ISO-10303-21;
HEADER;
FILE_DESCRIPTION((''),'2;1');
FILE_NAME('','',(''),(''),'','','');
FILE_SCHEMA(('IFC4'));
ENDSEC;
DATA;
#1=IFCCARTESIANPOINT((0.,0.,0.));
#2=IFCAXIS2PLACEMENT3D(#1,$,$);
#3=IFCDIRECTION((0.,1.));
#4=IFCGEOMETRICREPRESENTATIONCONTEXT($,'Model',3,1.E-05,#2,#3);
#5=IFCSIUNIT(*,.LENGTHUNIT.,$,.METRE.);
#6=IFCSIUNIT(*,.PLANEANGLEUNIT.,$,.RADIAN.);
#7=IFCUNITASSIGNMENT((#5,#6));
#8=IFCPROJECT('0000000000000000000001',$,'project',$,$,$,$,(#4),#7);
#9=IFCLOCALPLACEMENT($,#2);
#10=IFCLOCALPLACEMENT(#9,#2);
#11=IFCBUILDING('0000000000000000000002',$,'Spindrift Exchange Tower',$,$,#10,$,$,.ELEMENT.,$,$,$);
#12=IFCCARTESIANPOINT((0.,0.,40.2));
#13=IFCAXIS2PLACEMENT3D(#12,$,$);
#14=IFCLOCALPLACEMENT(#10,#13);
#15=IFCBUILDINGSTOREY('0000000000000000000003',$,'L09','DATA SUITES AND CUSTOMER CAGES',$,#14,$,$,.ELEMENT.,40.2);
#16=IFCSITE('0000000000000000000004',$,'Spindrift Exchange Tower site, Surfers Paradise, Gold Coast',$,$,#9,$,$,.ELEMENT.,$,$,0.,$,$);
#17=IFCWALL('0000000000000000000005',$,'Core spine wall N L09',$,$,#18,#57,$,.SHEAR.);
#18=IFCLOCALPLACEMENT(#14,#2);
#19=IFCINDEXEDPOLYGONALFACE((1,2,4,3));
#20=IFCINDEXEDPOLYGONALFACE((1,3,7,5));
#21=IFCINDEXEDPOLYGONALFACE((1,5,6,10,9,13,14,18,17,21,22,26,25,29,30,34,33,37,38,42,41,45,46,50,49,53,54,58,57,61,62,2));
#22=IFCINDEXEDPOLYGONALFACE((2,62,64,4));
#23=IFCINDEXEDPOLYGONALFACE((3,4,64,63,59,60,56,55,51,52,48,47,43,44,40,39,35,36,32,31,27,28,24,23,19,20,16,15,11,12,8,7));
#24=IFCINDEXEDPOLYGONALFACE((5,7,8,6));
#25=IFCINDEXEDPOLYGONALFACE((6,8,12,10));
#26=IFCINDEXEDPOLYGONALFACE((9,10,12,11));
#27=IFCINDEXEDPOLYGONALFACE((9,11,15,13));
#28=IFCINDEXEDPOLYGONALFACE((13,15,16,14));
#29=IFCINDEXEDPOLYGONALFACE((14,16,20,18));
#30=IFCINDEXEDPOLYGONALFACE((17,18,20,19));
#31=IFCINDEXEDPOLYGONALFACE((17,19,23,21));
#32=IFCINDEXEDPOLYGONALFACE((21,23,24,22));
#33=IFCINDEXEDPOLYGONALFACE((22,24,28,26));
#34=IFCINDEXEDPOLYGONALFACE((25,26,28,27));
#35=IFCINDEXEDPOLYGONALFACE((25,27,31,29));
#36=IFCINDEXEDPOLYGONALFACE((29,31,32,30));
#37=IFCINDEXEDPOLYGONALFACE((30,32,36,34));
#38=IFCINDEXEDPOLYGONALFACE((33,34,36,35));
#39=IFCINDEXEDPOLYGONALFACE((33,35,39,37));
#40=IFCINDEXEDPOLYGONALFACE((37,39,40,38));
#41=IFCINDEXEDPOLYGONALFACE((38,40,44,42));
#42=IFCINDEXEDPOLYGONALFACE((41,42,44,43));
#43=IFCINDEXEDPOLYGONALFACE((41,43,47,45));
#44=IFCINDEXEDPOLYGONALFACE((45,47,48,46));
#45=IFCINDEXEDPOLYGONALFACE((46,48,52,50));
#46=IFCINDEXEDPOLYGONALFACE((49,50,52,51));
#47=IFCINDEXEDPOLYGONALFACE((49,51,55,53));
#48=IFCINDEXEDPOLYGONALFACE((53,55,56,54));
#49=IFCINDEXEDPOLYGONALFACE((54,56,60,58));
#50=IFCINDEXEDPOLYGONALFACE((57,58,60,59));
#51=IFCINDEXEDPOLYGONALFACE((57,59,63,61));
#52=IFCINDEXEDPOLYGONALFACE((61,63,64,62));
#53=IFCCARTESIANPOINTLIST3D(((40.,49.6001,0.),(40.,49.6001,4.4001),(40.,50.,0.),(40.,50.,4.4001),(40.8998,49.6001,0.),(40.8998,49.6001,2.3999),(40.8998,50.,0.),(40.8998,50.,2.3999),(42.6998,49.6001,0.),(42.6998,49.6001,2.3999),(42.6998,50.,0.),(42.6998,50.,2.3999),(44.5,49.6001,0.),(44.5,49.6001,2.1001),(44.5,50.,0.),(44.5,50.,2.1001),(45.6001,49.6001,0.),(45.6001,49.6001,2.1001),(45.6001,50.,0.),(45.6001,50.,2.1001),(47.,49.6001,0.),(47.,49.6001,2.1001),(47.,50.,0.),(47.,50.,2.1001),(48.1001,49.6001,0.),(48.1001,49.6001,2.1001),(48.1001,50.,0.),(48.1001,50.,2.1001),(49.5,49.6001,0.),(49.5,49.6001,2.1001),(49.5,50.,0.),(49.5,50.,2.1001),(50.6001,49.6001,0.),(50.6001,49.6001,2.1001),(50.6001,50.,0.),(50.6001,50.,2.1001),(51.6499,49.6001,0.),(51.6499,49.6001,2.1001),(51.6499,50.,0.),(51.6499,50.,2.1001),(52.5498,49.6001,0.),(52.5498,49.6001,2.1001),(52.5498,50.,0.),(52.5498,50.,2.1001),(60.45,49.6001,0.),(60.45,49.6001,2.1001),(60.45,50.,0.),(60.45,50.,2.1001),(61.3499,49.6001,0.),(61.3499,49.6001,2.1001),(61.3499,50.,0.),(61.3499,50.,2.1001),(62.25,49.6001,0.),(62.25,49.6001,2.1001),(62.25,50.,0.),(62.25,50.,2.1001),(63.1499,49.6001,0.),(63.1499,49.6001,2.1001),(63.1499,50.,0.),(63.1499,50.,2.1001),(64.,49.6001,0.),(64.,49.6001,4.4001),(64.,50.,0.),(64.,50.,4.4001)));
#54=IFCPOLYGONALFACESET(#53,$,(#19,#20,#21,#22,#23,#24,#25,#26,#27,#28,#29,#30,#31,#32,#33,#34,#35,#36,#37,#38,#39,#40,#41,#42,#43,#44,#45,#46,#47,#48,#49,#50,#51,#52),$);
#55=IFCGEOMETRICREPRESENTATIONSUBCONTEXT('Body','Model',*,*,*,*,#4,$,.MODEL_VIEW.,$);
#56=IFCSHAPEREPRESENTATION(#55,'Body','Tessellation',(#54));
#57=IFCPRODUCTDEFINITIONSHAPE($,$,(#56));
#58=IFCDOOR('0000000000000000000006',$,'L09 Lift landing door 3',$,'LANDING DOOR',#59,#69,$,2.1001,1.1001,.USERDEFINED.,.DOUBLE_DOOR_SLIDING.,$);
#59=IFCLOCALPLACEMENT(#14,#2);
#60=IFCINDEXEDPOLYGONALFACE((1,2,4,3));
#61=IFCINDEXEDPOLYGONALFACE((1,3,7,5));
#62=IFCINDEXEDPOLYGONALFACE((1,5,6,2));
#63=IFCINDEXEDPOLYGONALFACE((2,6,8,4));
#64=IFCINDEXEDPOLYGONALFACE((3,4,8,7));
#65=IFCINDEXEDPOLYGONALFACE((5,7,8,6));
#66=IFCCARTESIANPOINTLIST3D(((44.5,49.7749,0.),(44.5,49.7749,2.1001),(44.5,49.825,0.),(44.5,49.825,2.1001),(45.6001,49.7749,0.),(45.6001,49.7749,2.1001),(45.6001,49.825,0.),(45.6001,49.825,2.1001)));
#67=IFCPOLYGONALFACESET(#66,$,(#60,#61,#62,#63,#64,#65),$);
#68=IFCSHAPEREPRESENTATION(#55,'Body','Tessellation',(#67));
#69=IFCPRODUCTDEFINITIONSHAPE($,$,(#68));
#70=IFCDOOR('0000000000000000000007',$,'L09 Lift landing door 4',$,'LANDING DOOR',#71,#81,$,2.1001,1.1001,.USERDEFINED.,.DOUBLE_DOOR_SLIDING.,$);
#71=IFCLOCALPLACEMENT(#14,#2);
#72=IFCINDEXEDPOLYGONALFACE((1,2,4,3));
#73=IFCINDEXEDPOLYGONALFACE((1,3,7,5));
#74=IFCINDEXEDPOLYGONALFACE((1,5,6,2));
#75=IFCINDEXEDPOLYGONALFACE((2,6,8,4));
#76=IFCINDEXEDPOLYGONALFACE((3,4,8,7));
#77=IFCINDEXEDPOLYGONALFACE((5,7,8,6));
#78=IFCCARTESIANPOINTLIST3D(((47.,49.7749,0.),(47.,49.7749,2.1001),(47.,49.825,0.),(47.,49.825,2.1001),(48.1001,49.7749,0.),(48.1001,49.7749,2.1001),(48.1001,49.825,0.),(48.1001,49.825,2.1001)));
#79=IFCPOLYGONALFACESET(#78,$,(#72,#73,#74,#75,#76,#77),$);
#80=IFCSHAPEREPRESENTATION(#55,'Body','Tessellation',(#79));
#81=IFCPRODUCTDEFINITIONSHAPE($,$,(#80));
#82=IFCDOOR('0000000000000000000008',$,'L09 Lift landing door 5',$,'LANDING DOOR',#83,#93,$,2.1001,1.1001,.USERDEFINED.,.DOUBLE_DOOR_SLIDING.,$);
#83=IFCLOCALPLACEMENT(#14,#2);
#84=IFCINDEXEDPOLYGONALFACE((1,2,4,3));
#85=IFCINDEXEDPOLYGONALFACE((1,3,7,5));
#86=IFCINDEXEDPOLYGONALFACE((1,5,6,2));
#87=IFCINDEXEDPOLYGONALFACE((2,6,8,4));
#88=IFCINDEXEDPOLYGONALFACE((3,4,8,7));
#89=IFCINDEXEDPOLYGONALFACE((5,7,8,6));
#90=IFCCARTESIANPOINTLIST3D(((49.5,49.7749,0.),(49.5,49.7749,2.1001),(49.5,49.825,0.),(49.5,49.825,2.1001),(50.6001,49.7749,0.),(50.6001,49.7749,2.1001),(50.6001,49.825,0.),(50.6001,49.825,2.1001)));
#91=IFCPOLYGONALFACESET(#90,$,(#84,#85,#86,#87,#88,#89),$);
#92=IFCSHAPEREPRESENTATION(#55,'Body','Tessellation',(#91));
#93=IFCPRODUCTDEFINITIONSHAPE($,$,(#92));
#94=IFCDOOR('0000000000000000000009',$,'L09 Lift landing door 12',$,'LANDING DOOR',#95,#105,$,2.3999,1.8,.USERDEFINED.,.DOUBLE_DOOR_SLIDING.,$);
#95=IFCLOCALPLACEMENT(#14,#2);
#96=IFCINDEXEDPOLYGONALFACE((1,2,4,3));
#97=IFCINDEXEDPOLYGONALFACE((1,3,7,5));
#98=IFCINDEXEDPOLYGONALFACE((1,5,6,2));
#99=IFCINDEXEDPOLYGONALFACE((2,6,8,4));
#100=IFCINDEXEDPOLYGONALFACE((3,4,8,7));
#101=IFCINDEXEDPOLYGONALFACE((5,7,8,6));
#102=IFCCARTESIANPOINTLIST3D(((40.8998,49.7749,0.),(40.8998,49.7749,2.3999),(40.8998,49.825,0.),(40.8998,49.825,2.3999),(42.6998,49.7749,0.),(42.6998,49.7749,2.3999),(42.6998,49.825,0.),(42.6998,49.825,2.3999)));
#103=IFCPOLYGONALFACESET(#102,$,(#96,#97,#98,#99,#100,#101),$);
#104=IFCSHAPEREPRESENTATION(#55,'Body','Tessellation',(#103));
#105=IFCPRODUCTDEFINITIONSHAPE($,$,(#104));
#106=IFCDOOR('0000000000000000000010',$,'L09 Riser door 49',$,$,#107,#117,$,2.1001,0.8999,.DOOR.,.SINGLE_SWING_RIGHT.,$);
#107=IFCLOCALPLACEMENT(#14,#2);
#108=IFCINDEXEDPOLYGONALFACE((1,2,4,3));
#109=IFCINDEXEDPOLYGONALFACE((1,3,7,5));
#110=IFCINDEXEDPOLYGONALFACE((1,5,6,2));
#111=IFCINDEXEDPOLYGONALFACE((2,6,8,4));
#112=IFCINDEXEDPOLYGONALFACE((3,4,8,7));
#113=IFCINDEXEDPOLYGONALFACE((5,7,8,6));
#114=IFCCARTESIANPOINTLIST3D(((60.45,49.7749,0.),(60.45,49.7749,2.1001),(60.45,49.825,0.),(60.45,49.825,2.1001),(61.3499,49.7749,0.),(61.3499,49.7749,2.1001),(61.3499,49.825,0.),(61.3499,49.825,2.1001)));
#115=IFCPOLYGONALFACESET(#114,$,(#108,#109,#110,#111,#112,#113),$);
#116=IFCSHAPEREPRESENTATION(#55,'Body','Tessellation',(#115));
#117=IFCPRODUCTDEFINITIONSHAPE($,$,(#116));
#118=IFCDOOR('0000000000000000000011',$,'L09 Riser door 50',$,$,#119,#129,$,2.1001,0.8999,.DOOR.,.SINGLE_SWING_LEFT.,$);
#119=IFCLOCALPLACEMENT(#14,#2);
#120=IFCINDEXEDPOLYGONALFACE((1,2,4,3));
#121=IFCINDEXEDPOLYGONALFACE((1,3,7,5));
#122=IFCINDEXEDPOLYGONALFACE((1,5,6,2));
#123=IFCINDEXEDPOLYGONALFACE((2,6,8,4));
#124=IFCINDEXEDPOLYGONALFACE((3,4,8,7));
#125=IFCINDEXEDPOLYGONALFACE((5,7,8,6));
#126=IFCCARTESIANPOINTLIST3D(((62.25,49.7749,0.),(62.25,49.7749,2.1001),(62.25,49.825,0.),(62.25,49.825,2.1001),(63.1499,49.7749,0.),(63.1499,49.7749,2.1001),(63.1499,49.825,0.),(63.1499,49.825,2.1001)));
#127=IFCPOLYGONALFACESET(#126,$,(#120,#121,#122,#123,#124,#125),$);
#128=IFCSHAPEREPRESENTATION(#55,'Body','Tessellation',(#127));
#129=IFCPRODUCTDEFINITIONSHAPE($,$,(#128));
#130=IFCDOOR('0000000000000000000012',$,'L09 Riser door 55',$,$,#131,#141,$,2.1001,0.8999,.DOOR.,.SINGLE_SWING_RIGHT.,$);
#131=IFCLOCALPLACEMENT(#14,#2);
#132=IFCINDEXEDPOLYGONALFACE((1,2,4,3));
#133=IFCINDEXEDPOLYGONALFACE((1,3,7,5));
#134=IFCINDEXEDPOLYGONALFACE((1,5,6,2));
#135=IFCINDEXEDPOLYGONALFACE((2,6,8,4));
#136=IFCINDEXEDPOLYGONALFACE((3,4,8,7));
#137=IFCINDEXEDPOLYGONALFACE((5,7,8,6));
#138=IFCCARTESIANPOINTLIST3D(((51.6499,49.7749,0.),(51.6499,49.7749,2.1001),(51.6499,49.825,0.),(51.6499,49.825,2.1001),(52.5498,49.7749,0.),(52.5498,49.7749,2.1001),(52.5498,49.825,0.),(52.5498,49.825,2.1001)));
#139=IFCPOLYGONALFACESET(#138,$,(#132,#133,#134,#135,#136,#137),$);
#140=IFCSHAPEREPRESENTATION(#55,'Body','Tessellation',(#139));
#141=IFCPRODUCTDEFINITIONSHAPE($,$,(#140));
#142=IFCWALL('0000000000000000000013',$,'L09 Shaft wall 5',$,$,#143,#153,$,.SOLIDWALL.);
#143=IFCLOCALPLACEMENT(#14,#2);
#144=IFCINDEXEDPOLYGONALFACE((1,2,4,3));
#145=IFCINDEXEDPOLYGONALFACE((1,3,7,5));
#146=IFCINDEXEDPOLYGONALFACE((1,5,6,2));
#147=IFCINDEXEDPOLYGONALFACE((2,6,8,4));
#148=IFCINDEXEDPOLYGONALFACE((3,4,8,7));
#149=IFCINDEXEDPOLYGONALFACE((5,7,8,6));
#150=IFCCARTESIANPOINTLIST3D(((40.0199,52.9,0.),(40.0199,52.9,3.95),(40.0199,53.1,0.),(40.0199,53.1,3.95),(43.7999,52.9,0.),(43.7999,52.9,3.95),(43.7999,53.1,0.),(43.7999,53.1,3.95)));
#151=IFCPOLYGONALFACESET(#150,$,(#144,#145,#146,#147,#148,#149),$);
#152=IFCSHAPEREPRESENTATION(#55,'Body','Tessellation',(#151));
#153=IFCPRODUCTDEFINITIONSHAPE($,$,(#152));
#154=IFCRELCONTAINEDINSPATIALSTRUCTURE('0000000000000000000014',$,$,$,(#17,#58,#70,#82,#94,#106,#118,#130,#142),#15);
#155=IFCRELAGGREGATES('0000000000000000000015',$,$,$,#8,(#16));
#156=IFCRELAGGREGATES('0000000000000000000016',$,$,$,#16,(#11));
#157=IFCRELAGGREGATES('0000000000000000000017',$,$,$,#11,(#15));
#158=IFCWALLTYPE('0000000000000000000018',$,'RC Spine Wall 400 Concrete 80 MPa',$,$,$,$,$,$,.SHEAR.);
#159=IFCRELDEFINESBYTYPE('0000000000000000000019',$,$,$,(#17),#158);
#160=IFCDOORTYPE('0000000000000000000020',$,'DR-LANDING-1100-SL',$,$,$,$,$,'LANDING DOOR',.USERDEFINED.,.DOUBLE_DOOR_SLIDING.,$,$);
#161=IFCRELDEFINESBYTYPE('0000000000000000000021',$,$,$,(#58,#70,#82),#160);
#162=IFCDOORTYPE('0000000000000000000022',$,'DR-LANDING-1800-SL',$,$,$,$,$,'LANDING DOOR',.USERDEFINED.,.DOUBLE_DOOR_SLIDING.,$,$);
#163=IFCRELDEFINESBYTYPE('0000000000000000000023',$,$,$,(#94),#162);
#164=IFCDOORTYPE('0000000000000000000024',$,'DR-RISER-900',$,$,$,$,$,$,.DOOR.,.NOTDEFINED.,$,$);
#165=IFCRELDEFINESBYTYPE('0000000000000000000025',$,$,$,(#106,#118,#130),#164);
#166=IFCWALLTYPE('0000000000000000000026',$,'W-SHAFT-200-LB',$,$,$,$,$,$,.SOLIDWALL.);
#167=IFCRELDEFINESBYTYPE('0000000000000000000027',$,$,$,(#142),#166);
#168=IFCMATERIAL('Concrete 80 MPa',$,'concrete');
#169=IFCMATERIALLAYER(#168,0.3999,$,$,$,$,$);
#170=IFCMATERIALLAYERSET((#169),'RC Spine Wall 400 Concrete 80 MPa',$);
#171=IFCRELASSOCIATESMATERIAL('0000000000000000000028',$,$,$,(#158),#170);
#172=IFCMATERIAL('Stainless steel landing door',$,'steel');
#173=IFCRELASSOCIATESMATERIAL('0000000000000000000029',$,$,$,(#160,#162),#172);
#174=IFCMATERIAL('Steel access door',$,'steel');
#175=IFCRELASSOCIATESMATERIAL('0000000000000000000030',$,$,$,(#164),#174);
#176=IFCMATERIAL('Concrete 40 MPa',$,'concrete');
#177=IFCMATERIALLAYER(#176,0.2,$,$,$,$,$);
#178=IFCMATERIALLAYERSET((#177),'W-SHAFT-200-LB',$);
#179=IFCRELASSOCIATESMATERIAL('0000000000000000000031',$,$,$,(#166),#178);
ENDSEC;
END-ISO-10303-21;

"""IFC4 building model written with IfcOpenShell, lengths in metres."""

from ifc_helpers import new_model, si_unit, direction, frame, frame_2d, origin, place, context, subcontext, project, spatial, rectangle, extrude, source, transform, mapped, material, layer, layer_set, type_object, element, fill, save


model = new_model("IFC4")

# Units and contexts
model_context = context("Model", 3, precision=1e-05, world=origin(), true_north=direction((0.0, 1.0)))
body_context = subcontext(model_context, "Body", "Model", "MODEL_VIEW")
ifc_project = project(units=[si_unit("LENGTHUNIT", "METRE"), si_unit("PLANEANGLEUNIT", "RADIAN")], contexts=[model_context])

# Site, building, storey
site_placement = place(None, origin())
site = spatial("IfcSite", under=ifc_project, at=site_placement, Name="Spindrift Exchange Tower site, Surfers Paradise, Gold Coast", CompositionType="ELEMENT", RefElevation=0.0)
building_placement = place(site_placement, origin())
building = spatial("IfcBuilding", under=site, at=building_placement, Name="Spindrift Exchange Tower", CompositionType="ELEMENT")
storey_placement = place(building_placement, frame((0.0, 0.0, 40.2)))
storey = spatial("IfcBuildingStorey", under=building, at=storey_placement, Name="L09", Description="DATA SUITES AND CUSTOMER CAGES", CompositionType="ELEMENT", Elevation=40.2)

# Wall, openings, doors
ifc_material_1 = material(Name="Concrete 80 MPa", Category="concrete")
ifc_layer_1 = layer(ifc_material_1, 0.3999)
ifc_layer_set_1 = layer_set([ifc_layer_1], Name="RC Spine Wall 400 Concrete 80 MPa")
wall_type_1 = type_object("IfcWallType", Name="RC Spine Wall 400 Concrete 80 MPa", PredefinedType="SHEAR", material=ifc_layer_set_1)
wall_1_placement = place(storey_placement, frame((40.0, 49.8, 0.0), z_axis=(0.0, 0.0, 1.0), x_axis=(1.0, 0.0, 0.0)))
wall_1 = element("IfcWall", 1, at=wall_1_placement, inside=storey, type_object=wall_type_1, Name="Core spine wall N L09", PredefinedType="SHEAR", context=body_context, shape_type="SweptSolid", body=[
    extrude(rectangle(XDim=24.0, YDim=0.3999, at=frame_2d((12.0, 0.0))), origin(), (0.0, 0.0, 1.0), 4.4001),
])
opening_1_placement = place(wall_1_placement, frame((4.5, 0.0, 0.0)))
opening_1 = element("IfcOpeningElement", 2, at=opening_1_placement, cuts=wall_1, PredefinedType="OPENING", context=body_context, shape_type="SweptSolid", body=[
    extrude(rectangle(XDim=1.1001, YDim=2.1001, at=frame_2d((0.55, 1.05))), frame((0.0, 0.21, 0.0), z_axis=(0.0, -1.0, 0.0), x_axis=(1.0, 0.0, 0.0)), (0.0, 0.0, 1.0), 0.4199),
])
opening_2_placement = place(wall_1_placement, frame((7.0, 0.0, 0.0)))
opening_2 = element("IfcOpeningElement", 3, at=opening_2_placement, cuts=wall_1, PredefinedType="OPENING", context=body_context, shape_type="SweptSolid", body=[
    extrude(rectangle(XDim=1.1001, YDim=2.1001, at=frame_2d((0.55, 1.05))), frame((0.0, 0.21, 0.0), z_axis=(0.0, -1.0, 0.0), x_axis=(1.0, 0.0, 0.0)), (0.0, 0.0, 1.0), 0.4199),
])
opening_3_placement = place(wall_1_placement, frame((9.5, 0.0, 0.0)))
opening_3 = element("IfcOpeningElement", 4, at=opening_3_placement, cuts=wall_1, PredefinedType="OPENING", context=body_context, shape_type="SweptSolid", body=[
    extrude(rectangle(XDim=1.1001, YDim=2.1001, at=frame_2d((0.55, 1.05))), frame((0.0, 0.21, 0.0), z_axis=(0.0, -1.0, 0.0), x_axis=(1.0, 0.0, 0.0)), (0.0, 0.0, 1.0), 0.4199),
])
opening_4_placement = place(wall_1_placement, frame((0.8999, 0.0, 0.0)))
opening_4 = element("IfcOpeningElement", 5, at=opening_4_placement, cuts=wall_1, PredefinedType="OPENING", context=body_context, shape_type="SweptSolid", body=[
    extrude(rectangle(XDim=1.8, YDim=2.3999, at=frame_2d((0.8999, 1.2))), frame((0.0, 0.21, 0.0), z_axis=(0.0, -1.0, 0.0), x_axis=(1.0, 0.0, 0.0)), (0.0, 0.0, 1.0), 0.4199),
])
opening_5_placement = place(wall_1_placement, frame((20.45, 0.0, 0.0)))
opening_5 = element("IfcOpeningElement", 6, at=opening_5_placement, cuts=wall_1, PredefinedType="OPENING", context=body_context, shape_type="SweptSolid", body=[
    extrude(rectangle(XDim=0.8999, YDim=2.1001, at=frame_2d((0.45, 1.05))), frame((0.0, 0.21, 0.0), z_axis=(0.0, -1.0, 0.0), x_axis=(1.0, 0.0, 0.0)), (0.0, 0.0, 1.0), 0.4199),
])
opening_6_placement = place(wall_1_placement, frame((22.25, 0.0, 0.0)))
opening_6 = element("IfcOpeningElement", 7, at=opening_6_placement, cuts=wall_1, PredefinedType="OPENING", context=body_context, shape_type="SweptSolid", body=[
    extrude(rectangle(XDim=0.8999, YDim=2.1001, at=frame_2d((0.45, 1.05))), frame((0.0, 0.21, 0.0), z_axis=(0.0, -1.0, 0.0), x_axis=(1.0, 0.0, 0.0)), (0.0, 0.0, 1.0), 0.4199),
])
opening_7_placement = place(wall_1_placement, frame((11.6499, 0.0, 0.0)))
opening_7 = element("IfcOpeningElement", 8, at=opening_7_placement, cuts=wall_1, PredefinedType="OPENING", context=body_context, shape_type="SweptSolid", body=[
    extrude(rectangle(XDim=0.8999, YDim=2.1001, at=frame_2d((0.45, 1.05))), frame((0.0, 0.21, 0.0), z_axis=(0.0, -1.0, 0.0), x_axis=(1.0, 0.0, 0.0)), (0.0, 0.0, 1.0), 0.4199),
])
ifc_material_2 = material(Name="Stainless steel landing door", Category="steel")
door_type_1 = type_object("IfcDoorType", Name="DR-LANDING-1100-SL", ElementType="LANDING DOOR", OperationType="DOUBLE_DOOR_SLIDING", PredefinedType="USERDEFINED", material=ifc_material_2)
shared_shape_1 = source(origin(), body_context, "Body", "SweptSolid", [
    extrude(rectangle(XDim=1.1001, YDim=2.1001, at=frame_2d((0.55, 1.05))), frame((0.0, 0.0249, 0.0), z_axis=(0.0, -1.0, 0.0), x_axis=(1.0, 0.0, 0.0)), (0.0, 0.0, 1.0), 0.05),
])
door_1_placement = place(opening_1_placement, origin())
door_1 = element("IfcDoor", 9, at=door_1_placement, inside=storey, type_object=door_type_1, Name="L09 Lift landing door 3", ObjectType="LANDING DOOR", OperationType="DOUBLE_DOOR_SLIDING", OverallHeight=2.1001, OverallWidth=1.1001, PredefinedType="USERDEFINED", context=body_context, shape_type="MappedRepresentation", body=[
    mapped(shared_shape_1, transform((0.0, 0.0, 0.0), scale=1.0)),
])
fill(opening_1, door_1)
door_2_placement = place(opening_2_placement, origin())
door_2 = element("IfcDoor", 10, at=door_2_placement, inside=storey, type_object=door_type_1, Name="L09 Lift landing door 4", ObjectType="LANDING DOOR", OperationType="DOUBLE_DOOR_SLIDING", OverallHeight=2.1001, OverallWidth=1.1001, PredefinedType="USERDEFINED", context=body_context, shape_type="MappedRepresentation", body=[
    mapped(shared_shape_1, transform((0.0, 0.0, 0.0), scale=1.0)),
])
fill(opening_2, door_2)
door_3_placement = place(opening_3_placement, origin())
door_3 = element("IfcDoor", 11, at=door_3_placement, inside=storey, type_object=door_type_1, Name="L09 Lift landing door 5", ObjectType="LANDING DOOR", OperationType="DOUBLE_DOOR_SLIDING", OverallHeight=2.1001, OverallWidth=1.1001, PredefinedType="USERDEFINED", context=body_context, shape_type="MappedRepresentation", body=[
    mapped(shared_shape_1, transform((0.0, 0.0, 0.0), scale=1.0)),
])
fill(opening_3, door_3)
door_type_2 = type_object("IfcDoorType", Name="DR-LANDING-1800-SL", ElementType="LANDING DOOR", OperationType="DOUBLE_DOOR_SLIDING", PredefinedType="USERDEFINED", material=ifc_material_2)
shared_shape_2 = source(origin(), body_context, "Body", "SweptSolid", [
    extrude(rectangle(XDim=1.8, YDim=2.3999, at=frame_2d((0.8999, 1.2))), frame((0.0, 0.0249, 0.0), z_axis=(0.0, -1.0, 0.0), x_axis=(1.0, 0.0, 0.0)), (0.0, 0.0, 1.0), 0.05),
])
door_4_placement = place(opening_4_placement, origin())
door_4 = element("IfcDoor", 12, at=door_4_placement, inside=storey, type_object=door_type_2, Name="L09 Lift landing door 12", ObjectType="LANDING DOOR", OperationType="DOUBLE_DOOR_SLIDING", OverallHeight=2.3999, OverallWidth=1.8, PredefinedType="USERDEFINED", context=body_context, shape_type="MappedRepresentation", body=[
    mapped(shared_shape_2, transform((0.0, 0.0, 0.0), scale=1.0)),
])
fill(opening_4, door_4)
ifc_material_3 = material(Name="Steel access door", Category="steel")
door_type_3 = type_object("IfcDoorType", Name="DR-RISER-900", OperationType="NOTDEFINED", PredefinedType="DOOR", material=ifc_material_3)
shared_shape_3 = source(origin(), body_context, "Body", "SweptSolid", [
    extrude(rectangle(XDim=0.8999, YDim=2.1001, at=frame_2d((0.45, 1.05))), frame((0.0, 0.0249, 0.0), z_axis=(0.0, -1.0, 0.0), x_axis=(1.0, 0.0, 0.0)), (0.0, 0.0, 1.0), 0.05),
])
door_5_placement = place(opening_5_placement, origin())
door_5 = element("IfcDoor", 13, at=door_5_placement, inside=storey, type_object=door_type_3, Name="L09 Riser door 49", OperationType="SINGLE_SWING_RIGHT", OverallHeight=2.1001, OverallWidth=0.8999, PredefinedType="DOOR", context=body_context, shape_type="MappedRepresentation", body=[
    mapped(shared_shape_3, transform((0.0, 0.0, 0.0), scale=1.0)),
])
fill(opening_5, door_5)
door_6_placement = place(opening_6_placement, origin())
door_6 = element("IfcDoor", 14, at=door_6_placement, inside=storey, type_object=door_type_3, Name="L09 Riser door 50", OperationType="SINGLE_SWING_LEFT", OverallHeight=2.1001, OverallWidth=0.8999, PredefinedType="DOOR", context=body_context, shape_type="MappedRepresentation", body=[
    mapped(shared_shape_3, transform((0.0, 0.0, 0.0), scale=1.0)),
])
fill(opening_6, door_6)
door_7_placement = place(opening_7_placement, origin())
door_7 = element("IfcDoor", 15, at=door_7_placement, inside=storey, type_object=door_type_3, Name="L09 Riser door 55", OperationType="SINGLE_SWING_RIGHT", OverallHeight=2.1001, OverallWidth=0.8999, PredefinedType="DOOR", context=body_context, shape_type="MappedRepresentation", body=[
    mapped(shared_shape_3, transform((0.0, 0.0, 0.0), scale=1.0)),
])
fill(opening_7, door_7)

# Wall
ifc_material_4 = material(Name="Concrete 40 MPa", Category="concrete")
ifc_layer_2 = layer(ifc_material_4, 0.2)
ifc_layer_set_2 = layer_set([ifc_layer_2], Name="W-SHAFT-200-LB")
wall_type_2 = type_object("IfcWallType", Name="W-SHAFT-200-LB", PredefinedType="SOLIDWALL", material=ifc_layer_set_2)
wall_2_placement = place(storey_placement, frame((43.8, 53.0, 0.0), z_axis=(0.0, 0.0, 1.0), x_axis=(-1.0, 0.0, 0.0)))
element("IfcWall", 16, at=wall_2_placement, inside=storey, type_object=wall_type_2, Name="L09 Shaft wall 5", PredefinedType="SOLIDWALL", context=body_context, shape_type="SweptSolid", body=[
    extrude(rectangle(XDim=3.78, YDim=0.2, at=frame_2d((1.8901, 0.0))), origin(), (0.0, 0.0, 1.0), 3.95),
])

save(model, "model.ifc")
